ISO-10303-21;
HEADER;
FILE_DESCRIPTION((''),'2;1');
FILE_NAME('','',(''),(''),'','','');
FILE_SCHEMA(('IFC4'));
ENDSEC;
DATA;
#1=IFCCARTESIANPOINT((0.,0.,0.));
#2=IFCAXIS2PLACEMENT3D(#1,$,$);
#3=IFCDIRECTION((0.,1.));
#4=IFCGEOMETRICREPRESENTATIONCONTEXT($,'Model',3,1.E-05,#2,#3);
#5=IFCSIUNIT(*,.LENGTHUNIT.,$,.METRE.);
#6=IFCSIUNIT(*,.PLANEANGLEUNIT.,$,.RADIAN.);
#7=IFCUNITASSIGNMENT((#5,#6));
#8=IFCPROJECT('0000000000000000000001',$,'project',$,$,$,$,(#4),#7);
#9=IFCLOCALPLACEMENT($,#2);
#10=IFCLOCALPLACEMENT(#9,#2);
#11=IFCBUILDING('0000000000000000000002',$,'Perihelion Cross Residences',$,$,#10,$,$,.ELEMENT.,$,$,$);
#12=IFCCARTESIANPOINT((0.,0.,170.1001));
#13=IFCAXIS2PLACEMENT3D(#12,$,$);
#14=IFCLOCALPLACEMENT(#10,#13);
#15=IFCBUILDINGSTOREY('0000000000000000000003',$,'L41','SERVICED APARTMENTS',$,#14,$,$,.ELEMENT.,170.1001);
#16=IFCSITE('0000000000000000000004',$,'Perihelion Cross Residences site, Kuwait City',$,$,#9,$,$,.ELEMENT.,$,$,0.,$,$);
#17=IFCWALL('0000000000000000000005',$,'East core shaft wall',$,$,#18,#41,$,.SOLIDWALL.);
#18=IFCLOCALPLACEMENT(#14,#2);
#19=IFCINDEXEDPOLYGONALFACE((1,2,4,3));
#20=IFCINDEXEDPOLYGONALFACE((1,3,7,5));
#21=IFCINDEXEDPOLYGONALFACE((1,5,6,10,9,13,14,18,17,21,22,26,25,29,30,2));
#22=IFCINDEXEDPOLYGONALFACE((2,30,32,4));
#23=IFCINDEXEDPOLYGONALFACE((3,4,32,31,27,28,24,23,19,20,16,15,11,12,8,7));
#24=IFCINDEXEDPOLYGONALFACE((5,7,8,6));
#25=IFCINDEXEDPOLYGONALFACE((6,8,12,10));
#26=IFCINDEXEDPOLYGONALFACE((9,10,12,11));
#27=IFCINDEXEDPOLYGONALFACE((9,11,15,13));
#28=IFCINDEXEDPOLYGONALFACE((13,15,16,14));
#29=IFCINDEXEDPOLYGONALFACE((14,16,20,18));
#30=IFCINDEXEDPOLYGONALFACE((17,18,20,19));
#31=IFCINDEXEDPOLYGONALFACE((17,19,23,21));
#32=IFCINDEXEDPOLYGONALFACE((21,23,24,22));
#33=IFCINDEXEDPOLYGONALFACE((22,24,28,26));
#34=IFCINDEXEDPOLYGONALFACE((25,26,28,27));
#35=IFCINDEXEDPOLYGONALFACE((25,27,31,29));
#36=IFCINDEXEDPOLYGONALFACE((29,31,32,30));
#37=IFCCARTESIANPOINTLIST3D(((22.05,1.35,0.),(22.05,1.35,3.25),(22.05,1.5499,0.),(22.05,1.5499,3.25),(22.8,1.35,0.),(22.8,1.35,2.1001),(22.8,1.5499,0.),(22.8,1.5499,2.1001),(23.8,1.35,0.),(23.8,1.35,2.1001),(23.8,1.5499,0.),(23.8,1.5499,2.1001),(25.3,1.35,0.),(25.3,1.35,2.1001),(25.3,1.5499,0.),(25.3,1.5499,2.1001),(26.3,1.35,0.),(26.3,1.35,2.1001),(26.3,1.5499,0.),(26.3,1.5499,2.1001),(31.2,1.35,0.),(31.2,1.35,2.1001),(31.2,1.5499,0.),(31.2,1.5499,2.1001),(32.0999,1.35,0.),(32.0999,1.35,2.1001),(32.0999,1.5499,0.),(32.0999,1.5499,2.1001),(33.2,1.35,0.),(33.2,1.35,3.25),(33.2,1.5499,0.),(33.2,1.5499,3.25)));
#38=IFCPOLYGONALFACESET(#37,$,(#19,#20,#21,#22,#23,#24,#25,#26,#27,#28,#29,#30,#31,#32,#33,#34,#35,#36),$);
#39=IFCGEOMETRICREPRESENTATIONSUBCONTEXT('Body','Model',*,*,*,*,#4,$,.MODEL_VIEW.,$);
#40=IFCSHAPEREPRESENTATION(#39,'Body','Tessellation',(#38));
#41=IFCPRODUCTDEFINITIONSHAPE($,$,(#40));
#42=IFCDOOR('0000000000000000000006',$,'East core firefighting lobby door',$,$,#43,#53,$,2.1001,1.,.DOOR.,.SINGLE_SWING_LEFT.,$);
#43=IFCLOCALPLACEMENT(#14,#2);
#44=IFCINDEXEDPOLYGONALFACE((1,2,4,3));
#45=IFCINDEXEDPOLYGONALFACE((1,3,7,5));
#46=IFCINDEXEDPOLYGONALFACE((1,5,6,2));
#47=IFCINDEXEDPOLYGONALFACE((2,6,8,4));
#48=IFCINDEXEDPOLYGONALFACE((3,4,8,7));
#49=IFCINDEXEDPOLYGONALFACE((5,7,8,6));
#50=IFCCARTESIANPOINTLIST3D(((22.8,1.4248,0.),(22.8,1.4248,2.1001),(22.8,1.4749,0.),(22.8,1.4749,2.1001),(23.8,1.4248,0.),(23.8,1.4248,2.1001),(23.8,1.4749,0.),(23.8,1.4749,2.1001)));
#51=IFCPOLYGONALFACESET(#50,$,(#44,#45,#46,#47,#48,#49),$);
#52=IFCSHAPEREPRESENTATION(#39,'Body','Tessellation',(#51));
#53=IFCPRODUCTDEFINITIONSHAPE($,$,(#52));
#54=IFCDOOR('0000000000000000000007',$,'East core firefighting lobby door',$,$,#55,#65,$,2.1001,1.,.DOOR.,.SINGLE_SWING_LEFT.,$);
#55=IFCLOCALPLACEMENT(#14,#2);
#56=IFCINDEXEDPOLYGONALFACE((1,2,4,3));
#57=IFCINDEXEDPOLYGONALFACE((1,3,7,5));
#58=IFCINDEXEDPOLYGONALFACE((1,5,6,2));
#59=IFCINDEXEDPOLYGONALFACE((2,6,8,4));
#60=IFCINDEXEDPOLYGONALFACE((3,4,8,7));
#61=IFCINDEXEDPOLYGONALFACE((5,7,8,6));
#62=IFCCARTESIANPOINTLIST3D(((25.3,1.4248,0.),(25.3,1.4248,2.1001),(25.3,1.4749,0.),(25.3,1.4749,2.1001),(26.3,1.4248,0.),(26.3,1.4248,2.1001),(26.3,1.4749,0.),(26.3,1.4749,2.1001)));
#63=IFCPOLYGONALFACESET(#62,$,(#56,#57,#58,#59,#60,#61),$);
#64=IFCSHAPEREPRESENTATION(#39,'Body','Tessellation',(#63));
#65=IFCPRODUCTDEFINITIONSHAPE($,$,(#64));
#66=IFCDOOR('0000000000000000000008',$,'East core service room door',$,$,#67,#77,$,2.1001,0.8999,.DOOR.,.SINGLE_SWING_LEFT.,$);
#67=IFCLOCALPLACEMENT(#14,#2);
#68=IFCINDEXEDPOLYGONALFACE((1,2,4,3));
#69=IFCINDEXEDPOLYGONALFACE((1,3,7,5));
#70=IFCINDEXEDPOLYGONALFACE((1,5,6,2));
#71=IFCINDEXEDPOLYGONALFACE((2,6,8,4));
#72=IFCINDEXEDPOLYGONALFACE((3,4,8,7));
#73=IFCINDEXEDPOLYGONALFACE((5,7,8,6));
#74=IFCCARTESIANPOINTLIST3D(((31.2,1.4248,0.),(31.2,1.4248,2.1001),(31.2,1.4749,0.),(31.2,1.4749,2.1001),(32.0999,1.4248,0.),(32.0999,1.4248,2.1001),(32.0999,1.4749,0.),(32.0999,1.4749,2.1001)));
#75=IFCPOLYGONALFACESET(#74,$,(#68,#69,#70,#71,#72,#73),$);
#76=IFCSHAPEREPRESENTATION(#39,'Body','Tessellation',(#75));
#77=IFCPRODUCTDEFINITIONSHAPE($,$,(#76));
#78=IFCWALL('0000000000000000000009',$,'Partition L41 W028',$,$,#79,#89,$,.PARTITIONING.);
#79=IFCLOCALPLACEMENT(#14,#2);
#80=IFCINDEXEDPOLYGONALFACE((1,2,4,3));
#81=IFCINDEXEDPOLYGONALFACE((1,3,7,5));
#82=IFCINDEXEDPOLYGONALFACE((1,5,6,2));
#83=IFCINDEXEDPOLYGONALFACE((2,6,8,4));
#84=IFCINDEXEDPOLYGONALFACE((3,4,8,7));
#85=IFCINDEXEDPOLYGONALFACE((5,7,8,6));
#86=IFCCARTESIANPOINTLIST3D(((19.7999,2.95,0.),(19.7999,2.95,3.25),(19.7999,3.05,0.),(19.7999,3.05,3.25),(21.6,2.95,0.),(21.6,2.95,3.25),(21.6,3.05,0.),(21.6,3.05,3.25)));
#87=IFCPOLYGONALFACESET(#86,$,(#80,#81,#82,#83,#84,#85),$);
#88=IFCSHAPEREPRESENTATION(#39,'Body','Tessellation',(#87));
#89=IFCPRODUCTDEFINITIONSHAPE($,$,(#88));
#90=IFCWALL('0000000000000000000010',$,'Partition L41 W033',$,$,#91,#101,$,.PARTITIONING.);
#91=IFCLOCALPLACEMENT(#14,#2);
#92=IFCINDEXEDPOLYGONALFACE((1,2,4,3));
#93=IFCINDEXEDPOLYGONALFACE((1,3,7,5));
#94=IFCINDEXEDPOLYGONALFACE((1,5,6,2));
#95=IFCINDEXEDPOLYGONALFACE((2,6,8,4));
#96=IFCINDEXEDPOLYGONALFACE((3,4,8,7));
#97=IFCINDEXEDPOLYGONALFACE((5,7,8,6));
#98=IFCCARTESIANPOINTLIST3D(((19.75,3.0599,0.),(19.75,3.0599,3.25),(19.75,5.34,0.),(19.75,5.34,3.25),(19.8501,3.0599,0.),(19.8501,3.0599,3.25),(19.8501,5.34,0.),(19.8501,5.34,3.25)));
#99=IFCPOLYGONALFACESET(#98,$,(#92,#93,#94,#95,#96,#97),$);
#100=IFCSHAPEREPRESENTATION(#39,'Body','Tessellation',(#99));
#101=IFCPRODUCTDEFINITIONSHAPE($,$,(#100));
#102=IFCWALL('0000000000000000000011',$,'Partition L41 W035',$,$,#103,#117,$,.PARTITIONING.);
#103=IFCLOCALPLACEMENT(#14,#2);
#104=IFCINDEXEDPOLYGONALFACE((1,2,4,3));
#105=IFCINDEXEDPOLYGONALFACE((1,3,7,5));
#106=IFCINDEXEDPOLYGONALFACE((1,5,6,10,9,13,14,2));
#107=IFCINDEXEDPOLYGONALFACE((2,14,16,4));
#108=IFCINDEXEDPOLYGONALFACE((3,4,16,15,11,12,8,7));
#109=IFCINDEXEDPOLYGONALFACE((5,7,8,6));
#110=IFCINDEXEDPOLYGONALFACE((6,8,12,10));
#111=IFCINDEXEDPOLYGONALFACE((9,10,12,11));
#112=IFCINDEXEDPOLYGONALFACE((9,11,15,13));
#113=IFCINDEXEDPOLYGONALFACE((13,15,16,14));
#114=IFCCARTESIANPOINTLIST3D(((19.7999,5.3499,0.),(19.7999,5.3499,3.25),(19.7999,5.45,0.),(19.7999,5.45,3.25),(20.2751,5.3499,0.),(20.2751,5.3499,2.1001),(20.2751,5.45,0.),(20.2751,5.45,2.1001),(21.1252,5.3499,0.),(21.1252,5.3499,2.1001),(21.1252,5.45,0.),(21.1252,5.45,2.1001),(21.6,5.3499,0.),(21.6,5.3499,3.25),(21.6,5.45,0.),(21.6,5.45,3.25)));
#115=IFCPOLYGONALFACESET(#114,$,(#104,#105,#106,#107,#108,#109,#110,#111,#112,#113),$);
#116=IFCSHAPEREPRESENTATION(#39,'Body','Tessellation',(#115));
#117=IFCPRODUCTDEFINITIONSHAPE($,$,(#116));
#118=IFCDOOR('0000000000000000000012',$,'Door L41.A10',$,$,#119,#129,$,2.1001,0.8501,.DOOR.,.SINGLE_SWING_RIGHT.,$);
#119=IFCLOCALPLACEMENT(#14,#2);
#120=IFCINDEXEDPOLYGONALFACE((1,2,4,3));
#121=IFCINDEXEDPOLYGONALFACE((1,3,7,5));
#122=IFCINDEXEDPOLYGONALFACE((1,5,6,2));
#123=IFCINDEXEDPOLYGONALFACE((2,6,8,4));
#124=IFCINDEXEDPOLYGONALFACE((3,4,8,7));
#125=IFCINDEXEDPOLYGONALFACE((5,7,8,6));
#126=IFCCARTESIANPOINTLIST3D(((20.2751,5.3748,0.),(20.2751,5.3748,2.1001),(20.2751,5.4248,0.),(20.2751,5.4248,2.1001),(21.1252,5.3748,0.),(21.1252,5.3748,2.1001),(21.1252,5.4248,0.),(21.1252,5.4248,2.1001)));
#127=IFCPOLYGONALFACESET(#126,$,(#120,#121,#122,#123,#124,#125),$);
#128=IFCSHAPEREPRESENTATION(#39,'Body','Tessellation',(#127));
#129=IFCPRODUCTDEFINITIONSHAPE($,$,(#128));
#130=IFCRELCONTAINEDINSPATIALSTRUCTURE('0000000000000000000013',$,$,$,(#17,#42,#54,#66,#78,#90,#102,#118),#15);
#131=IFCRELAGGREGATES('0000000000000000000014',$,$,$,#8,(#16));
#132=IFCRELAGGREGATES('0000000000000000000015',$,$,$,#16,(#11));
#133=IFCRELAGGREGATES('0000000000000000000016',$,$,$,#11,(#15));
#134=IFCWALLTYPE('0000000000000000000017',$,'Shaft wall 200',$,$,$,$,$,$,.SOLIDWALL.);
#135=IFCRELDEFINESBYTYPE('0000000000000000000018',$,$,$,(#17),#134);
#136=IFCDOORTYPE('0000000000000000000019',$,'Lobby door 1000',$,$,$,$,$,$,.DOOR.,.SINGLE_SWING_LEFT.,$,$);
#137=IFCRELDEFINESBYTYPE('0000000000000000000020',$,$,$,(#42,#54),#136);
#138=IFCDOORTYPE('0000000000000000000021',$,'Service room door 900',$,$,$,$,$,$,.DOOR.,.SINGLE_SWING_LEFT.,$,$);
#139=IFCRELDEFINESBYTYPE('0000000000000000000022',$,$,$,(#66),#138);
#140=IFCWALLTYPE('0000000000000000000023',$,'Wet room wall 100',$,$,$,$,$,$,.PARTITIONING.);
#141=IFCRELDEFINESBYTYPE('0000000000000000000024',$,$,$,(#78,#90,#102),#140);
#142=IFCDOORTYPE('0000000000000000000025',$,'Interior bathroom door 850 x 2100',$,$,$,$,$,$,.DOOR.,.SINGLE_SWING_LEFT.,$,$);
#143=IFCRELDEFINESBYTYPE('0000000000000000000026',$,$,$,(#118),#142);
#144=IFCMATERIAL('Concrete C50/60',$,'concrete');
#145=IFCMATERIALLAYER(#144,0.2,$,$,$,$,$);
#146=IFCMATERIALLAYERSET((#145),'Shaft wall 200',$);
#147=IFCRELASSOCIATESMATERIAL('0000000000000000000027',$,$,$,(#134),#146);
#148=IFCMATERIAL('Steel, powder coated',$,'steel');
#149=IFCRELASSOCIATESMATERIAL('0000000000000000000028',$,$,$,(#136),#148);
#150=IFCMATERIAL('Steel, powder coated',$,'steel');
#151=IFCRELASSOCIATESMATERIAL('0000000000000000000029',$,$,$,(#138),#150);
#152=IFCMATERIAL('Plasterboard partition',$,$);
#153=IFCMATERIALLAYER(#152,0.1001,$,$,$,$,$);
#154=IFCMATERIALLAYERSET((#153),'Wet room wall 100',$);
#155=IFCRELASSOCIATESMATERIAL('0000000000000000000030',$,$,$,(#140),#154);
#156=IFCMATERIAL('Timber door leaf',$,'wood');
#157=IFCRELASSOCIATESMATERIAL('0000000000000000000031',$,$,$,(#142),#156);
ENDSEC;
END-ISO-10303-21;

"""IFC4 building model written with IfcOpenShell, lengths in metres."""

from ifc_helpers import new_model, si_unit, direction, frame, frame_2d, origin, place, context, subcontext, project, spatial, rectangle, extrude, material, layer, layer_set, type_object, element, fill, save


model = new_model("IFC4")

# Units and contexts
model_context = context("Model", 3, precision=1e-05, world=origin(), true_north=direction((0.0, 1.0)))
body_context = subcontext(model_context, "Body", "Model", "MODEL_VIEW")
ifc_project = project(units=[si_unit("LENGTHUNIT", "METRE"), si_unit("PLANEANGLEUNIT", "RADIAN")], contexts=[model_context])

# Site, building, storey
site_placement = place(None, origin())
site = spatial("IfcSite", under=ifc_project, at=site_placement, Name="Perihelion Cross Residences site, Kuwait City", CompositionType="ELEMENT", RefElevation=0.0)
building_placement = place(site_placement, origin())
building = spatial("IfcBuilding", under=site, at=building_placement, Name="Perihelion Cross Residences", CompositionType="ELEMENT")
storey_placement = place(building_placement, frame((0.0, 0.0, 170.1001)))
storey = spatial("IfcBuildingStorey", under=building, at=storey_placement, Name="L41", Description="SERVICED APARTMENTS", CompositionType="ELEMENT", Elevation=170.1001)

# Wall, openings, doors
ifc_material_1 = material(Name="Concrete C50/60", Category="concrete")
ifc_layer_1 = layer(ifc_material_1, 0.2)
ifc_layer_set_1 = layer_set([ifc_layer_1], Name="Shaft wall 200")
wall_type_1 = type_object("IfcWallType", Name="Shaft wall 200", PredefinedType="SOLIDWALL", material=ifc_layer_set_1)
wall_1_placement = place(storey_placement, frame((22.05, 1.45, 0.0), z_axis=(0.0, 0.0, 1.0), x_axis=(1.0, 0.0, 0.0)))
wall_1 = element("IfcWall", 1, at=wall_1_placement, inside=storey, type_object=wall_type_1, Name="East core shaft wall", PredefinedType="SOLIDWALL", context=body_context, shape_type="SweptSolid", body=[
    extrude(rectangle(XDim=11.1499, YDim=0.2, at=frame_2d((5.575, 0.0))), origin(), (0.0, 0.0, 1.0), 3.25),
])
opening_1_placement = place(wall_1_placement, frame((0.75, 0.0, 0.0)))
opening_1 = element("IfcOpeningElement", 2, at=opening_1_placement, cuts=wall_1, PredefinedType="OPENING", context=body_context, shape_type="SweptSolid", body=[
    extrude(rectangle(XDim=1.0, YDim=2.1001, at=frame_2d((0.5, 1.05))), frame((0.0, 0.1099, 0.0), z_axis=(0.0, -1.0, 0.0), x_axis=(1.0, 0.0, 0.0)), (0.0, 0.0, 1.0), 0.22),
])
opening_2_placement = place(wall_1_placement, frame((3.25, 0.0, 0.0)))
opening_2 = element("IfcOpeningElement", 3, at=opening_2_placement, cuts=wall_1, PredefinedType="OPENING", context=body_context, shape_type="SweptSolid", body=[
    extrude(rectangle(XDim=1.0, YDim=2.1001, at=frame_2d((0.5, 1.05))), frame((0.0, 0.1099, 0.0), z_axis=(0.0, -1.0, 0.0), x_axis=(1.0, 0.0, 0.0)), (0.0, 0.0, 1.0), 0.22),
])
opening_3_placement = place(wall_1_placement, frame((9.1499, 0.0, 0.0)))
opening_3 = element("IfcOpeningElement", 4, at=opening_3_placement, cuts=wall_1, PredefinedType="OPENING", context=body_context, shape_type="SweptSolid", body=[
    extrude(rectangle(XDim=0.8999, YDim=2.1001, at=frame_2d((0.45, 1.05))), frame((0.0, 0.1099, 0.0), z_axis=(0.0, -1.0, 0.0), x_axis=(1.0, 0.0, 0.0)), (0.0, 0.0, 1.0), 0.22),
])
ifc_material_2 = material(Name="Steel, powder coated", Category="steel")
door_type_1 = type_object("IfcDoorType", Name="Lobby door 1000", OperationType="SINGLE_SWING_LEFT", PredefinedType="DOOR", material=ifc_material_2)
door_1_placement = place(opening_1_placement, origin())
door_1 = element("IfcDoor", 5, at=door_1_placement, inside=storey, type_object=door_type_1, Name="East core firefighting lobby door", OperationType="SINGLE_SWING_LEFT", OverallHeight=2.1001, OverallWidth=1.0, PredefinedType="DOOR", context=body_context, shape_type="SweptSolid", body=[
    extrude(rectangle(XDim=1.0, YDim=2.1001, at=frame_2d((0.5, 1.05))), frame((0.0, 0.0249, 0.0), z_axis=(0.0, -1.0, 0.0), x_axis=(1.0, 0.0, 0.0)), (0.0, 0.0, 1.0), 0.05),
])
fill(opening_1, door_1)
door_2_placement = place(opening_2_placement, origin())
door_2 = element("IfcDoor", 6, at=door_2_placement, inside=storey, type_object=door_type_1, Name="East core firefighting lobby door", OperationType="SINGLE_SWING_LEFT", OverallHeight=2.1001, OverallWidth=1.0, PredefinedType="DOOR", context=body_context, shape_type="SweptSolid", body=[
    extrude(rectangle(XDim=1.0, YDim=2.1001, at=frame_2d((0.5, 1.05))), frame((0.0, 0.0249, 0.0), z_axis=(0.0, -1.0, 0.0), x_axis=(1.0, 0.0, 0.0)), (0.0, 0.0, 1.0), 0.05),
])
fill(opening_2, door_2)
ifc_material_3 = material(Name="Steel, powder coated", Category="steel")
door_type_2 = type_object("IfcDoorType", Name="Service room door 900", OperationType="SINGLE_SWING_LEFT", PredefinedType="DOOR", material=ifc_material_3)
door_3_placement = place(opening_3_placement, origin())
door_3 = element("IfcDoor", 7, at=door_3_placement, inside=storey, type_object=door_type_2, Name="East core service room door", OperationType="SINGLE_SWING_LEFT", OverallHeight=2.1001, OverallWidth=0.8999, PredefinedType="DOOR", context=body_context, shape_type="SweptSolid", body=[
    extrude(rectangle(XDim=0.8999, YDim=2.1001, at=frame_2d((0.45, 1.05))), frame((0.0, 0.0249, 0.0), z_axis=(0.0, -1.0, 0.0), x_axis=(1.0, 0.0, 0.0)), (0.0, 0.0, 1.0), 0.05),
])
fill(opening_3, door_3)

# Walls
ifc_material_4 = material(Name="Plasterboard partition")
ifc_layer_2 = layer(ifc_material_4, 0.1001)
ifc_layer_set_2 = layer_set([ifc_layer_2], Name="Wet room wall 100")
wall_type_2 = type_object("IfcWallType", Name="Wet room wall 100", PredefinedType="PARTITIONING", material=ifc_layer_set_2)
wall_2_placement = place(storey_placement, frame((19.8, 3.0, 0.0), z_axis=(0.0, 0.0, 1.0), x_axis=(1.0, 0.0, 0.0)))
element("IfcWall", 8, at=wall_2_placement, inside=storey, type_object=wall_type_2, Name="Partition L41 W028", PredefinedType="PARTITIONING", context=body_context, shape_type="SweptSolid", body=[
    extrude(rectangle(XDim=1.8, YDim=0.1001, at=frame_2d((0.8999, 0.0))), origin(), (0.0, 0.0, 1.0), 3.25),
])
wall_3_placement = place(storey_placement, frame((19.8, 5.3401, 0.0), z_axis=(0.0, 0.0, 1.0), x_axis=(0.0, -1.0, 0.0)))
element("IfcWall", 9, at=wall_3_placement, inside=storey, type_object=wall_type_2, Name="Partition L41 W033", PredefinedType="PARTITIONING", context=body_context, shape_type="SweptSolid", body=[
    extrude(rectangle(XDim=2.28, YDim=0.1001, at=frame_2d((1.1401, 0.0))), origin(), (0.0, 0.0, 1.0), 3.25),
])

# Wall, opening, door
wall_4_placement = place(storey_placement, frame((19.8, 5.3999, 0.0), z_axis=(0.0, 0.0, 1.0), x_axis=(1.0, 0.0, 0.0)))
wall_4 = element("IfcWall", 10, at=wall_4_placement, inside=storey, type_object=wall_type_2, Name="Partition L41 W035", PredefinedType="PARTITIONING", context=body_context, shape_type="SweptSolid", body=[
    extrude(rectangle(XDim=1.8, YDim=0.1001, at=frame_2d((0.8999, 0.0))), origin(), (0.0, 0.0, 1.0), 3.25),
])
opening_4_placement = place(wall_4_placement, frame((0.4751, 0.0, 0.0)))
opening_4 = element("IfcOpeningElement", 11, at=opening_4_placement, cuts=wall_4, PredefinedType="OPENING", context=body_context, shape_type="SweptSolid", body=[
    extrude(rectangle(XDim=0.8501, YDim=2.1001, at=frame_2d((0.425, 1.05))), frame((0.0, 0.0601, 0.0), z_axis=(0.0, -1.0, 0.0), x_axis=(1.0, 0.0, 0.0)), (0.0, 0.0, 1.0), 0.1201),
])
ifc_material_5 = material(Name="Timber door leaf", Category="wood")
door_type_3 = type_object("IfcDoorType", Name="Interior bathroom door 850 x 2100", OperationType="SINGLE_SWING_LEFT", PredefinedType="DOOR", material=ifc_material_5)
door_4_placement = place(opening_4_placement, origin())
door_4 = element("IfcDoor", 12, at=door_4_placement, inside=storey, type_object=door_type_3, Name="Door L41.A10", OperationType="SINGLE_SWING_RIGHT", OverallHeight=2.1001, OverallWidth=0.8501, PredefinedType="DOOR", context=body_context, shape_type="SweptSolid", body=[
    extrude(rectangle(XDim=0.8501, YDim=2.1001, at=frame_2d((0.425, 1.05))), frame((0.0, 0.0249, 0.0), z_axis=(0.0, -1.0, 0.0), x_axis=(1.0, 0.0, 0.0)), (0.0, 0.0, 1.0), 0.05),
])
fill(opening_4, door_4)

save(model, "model.ifc")
